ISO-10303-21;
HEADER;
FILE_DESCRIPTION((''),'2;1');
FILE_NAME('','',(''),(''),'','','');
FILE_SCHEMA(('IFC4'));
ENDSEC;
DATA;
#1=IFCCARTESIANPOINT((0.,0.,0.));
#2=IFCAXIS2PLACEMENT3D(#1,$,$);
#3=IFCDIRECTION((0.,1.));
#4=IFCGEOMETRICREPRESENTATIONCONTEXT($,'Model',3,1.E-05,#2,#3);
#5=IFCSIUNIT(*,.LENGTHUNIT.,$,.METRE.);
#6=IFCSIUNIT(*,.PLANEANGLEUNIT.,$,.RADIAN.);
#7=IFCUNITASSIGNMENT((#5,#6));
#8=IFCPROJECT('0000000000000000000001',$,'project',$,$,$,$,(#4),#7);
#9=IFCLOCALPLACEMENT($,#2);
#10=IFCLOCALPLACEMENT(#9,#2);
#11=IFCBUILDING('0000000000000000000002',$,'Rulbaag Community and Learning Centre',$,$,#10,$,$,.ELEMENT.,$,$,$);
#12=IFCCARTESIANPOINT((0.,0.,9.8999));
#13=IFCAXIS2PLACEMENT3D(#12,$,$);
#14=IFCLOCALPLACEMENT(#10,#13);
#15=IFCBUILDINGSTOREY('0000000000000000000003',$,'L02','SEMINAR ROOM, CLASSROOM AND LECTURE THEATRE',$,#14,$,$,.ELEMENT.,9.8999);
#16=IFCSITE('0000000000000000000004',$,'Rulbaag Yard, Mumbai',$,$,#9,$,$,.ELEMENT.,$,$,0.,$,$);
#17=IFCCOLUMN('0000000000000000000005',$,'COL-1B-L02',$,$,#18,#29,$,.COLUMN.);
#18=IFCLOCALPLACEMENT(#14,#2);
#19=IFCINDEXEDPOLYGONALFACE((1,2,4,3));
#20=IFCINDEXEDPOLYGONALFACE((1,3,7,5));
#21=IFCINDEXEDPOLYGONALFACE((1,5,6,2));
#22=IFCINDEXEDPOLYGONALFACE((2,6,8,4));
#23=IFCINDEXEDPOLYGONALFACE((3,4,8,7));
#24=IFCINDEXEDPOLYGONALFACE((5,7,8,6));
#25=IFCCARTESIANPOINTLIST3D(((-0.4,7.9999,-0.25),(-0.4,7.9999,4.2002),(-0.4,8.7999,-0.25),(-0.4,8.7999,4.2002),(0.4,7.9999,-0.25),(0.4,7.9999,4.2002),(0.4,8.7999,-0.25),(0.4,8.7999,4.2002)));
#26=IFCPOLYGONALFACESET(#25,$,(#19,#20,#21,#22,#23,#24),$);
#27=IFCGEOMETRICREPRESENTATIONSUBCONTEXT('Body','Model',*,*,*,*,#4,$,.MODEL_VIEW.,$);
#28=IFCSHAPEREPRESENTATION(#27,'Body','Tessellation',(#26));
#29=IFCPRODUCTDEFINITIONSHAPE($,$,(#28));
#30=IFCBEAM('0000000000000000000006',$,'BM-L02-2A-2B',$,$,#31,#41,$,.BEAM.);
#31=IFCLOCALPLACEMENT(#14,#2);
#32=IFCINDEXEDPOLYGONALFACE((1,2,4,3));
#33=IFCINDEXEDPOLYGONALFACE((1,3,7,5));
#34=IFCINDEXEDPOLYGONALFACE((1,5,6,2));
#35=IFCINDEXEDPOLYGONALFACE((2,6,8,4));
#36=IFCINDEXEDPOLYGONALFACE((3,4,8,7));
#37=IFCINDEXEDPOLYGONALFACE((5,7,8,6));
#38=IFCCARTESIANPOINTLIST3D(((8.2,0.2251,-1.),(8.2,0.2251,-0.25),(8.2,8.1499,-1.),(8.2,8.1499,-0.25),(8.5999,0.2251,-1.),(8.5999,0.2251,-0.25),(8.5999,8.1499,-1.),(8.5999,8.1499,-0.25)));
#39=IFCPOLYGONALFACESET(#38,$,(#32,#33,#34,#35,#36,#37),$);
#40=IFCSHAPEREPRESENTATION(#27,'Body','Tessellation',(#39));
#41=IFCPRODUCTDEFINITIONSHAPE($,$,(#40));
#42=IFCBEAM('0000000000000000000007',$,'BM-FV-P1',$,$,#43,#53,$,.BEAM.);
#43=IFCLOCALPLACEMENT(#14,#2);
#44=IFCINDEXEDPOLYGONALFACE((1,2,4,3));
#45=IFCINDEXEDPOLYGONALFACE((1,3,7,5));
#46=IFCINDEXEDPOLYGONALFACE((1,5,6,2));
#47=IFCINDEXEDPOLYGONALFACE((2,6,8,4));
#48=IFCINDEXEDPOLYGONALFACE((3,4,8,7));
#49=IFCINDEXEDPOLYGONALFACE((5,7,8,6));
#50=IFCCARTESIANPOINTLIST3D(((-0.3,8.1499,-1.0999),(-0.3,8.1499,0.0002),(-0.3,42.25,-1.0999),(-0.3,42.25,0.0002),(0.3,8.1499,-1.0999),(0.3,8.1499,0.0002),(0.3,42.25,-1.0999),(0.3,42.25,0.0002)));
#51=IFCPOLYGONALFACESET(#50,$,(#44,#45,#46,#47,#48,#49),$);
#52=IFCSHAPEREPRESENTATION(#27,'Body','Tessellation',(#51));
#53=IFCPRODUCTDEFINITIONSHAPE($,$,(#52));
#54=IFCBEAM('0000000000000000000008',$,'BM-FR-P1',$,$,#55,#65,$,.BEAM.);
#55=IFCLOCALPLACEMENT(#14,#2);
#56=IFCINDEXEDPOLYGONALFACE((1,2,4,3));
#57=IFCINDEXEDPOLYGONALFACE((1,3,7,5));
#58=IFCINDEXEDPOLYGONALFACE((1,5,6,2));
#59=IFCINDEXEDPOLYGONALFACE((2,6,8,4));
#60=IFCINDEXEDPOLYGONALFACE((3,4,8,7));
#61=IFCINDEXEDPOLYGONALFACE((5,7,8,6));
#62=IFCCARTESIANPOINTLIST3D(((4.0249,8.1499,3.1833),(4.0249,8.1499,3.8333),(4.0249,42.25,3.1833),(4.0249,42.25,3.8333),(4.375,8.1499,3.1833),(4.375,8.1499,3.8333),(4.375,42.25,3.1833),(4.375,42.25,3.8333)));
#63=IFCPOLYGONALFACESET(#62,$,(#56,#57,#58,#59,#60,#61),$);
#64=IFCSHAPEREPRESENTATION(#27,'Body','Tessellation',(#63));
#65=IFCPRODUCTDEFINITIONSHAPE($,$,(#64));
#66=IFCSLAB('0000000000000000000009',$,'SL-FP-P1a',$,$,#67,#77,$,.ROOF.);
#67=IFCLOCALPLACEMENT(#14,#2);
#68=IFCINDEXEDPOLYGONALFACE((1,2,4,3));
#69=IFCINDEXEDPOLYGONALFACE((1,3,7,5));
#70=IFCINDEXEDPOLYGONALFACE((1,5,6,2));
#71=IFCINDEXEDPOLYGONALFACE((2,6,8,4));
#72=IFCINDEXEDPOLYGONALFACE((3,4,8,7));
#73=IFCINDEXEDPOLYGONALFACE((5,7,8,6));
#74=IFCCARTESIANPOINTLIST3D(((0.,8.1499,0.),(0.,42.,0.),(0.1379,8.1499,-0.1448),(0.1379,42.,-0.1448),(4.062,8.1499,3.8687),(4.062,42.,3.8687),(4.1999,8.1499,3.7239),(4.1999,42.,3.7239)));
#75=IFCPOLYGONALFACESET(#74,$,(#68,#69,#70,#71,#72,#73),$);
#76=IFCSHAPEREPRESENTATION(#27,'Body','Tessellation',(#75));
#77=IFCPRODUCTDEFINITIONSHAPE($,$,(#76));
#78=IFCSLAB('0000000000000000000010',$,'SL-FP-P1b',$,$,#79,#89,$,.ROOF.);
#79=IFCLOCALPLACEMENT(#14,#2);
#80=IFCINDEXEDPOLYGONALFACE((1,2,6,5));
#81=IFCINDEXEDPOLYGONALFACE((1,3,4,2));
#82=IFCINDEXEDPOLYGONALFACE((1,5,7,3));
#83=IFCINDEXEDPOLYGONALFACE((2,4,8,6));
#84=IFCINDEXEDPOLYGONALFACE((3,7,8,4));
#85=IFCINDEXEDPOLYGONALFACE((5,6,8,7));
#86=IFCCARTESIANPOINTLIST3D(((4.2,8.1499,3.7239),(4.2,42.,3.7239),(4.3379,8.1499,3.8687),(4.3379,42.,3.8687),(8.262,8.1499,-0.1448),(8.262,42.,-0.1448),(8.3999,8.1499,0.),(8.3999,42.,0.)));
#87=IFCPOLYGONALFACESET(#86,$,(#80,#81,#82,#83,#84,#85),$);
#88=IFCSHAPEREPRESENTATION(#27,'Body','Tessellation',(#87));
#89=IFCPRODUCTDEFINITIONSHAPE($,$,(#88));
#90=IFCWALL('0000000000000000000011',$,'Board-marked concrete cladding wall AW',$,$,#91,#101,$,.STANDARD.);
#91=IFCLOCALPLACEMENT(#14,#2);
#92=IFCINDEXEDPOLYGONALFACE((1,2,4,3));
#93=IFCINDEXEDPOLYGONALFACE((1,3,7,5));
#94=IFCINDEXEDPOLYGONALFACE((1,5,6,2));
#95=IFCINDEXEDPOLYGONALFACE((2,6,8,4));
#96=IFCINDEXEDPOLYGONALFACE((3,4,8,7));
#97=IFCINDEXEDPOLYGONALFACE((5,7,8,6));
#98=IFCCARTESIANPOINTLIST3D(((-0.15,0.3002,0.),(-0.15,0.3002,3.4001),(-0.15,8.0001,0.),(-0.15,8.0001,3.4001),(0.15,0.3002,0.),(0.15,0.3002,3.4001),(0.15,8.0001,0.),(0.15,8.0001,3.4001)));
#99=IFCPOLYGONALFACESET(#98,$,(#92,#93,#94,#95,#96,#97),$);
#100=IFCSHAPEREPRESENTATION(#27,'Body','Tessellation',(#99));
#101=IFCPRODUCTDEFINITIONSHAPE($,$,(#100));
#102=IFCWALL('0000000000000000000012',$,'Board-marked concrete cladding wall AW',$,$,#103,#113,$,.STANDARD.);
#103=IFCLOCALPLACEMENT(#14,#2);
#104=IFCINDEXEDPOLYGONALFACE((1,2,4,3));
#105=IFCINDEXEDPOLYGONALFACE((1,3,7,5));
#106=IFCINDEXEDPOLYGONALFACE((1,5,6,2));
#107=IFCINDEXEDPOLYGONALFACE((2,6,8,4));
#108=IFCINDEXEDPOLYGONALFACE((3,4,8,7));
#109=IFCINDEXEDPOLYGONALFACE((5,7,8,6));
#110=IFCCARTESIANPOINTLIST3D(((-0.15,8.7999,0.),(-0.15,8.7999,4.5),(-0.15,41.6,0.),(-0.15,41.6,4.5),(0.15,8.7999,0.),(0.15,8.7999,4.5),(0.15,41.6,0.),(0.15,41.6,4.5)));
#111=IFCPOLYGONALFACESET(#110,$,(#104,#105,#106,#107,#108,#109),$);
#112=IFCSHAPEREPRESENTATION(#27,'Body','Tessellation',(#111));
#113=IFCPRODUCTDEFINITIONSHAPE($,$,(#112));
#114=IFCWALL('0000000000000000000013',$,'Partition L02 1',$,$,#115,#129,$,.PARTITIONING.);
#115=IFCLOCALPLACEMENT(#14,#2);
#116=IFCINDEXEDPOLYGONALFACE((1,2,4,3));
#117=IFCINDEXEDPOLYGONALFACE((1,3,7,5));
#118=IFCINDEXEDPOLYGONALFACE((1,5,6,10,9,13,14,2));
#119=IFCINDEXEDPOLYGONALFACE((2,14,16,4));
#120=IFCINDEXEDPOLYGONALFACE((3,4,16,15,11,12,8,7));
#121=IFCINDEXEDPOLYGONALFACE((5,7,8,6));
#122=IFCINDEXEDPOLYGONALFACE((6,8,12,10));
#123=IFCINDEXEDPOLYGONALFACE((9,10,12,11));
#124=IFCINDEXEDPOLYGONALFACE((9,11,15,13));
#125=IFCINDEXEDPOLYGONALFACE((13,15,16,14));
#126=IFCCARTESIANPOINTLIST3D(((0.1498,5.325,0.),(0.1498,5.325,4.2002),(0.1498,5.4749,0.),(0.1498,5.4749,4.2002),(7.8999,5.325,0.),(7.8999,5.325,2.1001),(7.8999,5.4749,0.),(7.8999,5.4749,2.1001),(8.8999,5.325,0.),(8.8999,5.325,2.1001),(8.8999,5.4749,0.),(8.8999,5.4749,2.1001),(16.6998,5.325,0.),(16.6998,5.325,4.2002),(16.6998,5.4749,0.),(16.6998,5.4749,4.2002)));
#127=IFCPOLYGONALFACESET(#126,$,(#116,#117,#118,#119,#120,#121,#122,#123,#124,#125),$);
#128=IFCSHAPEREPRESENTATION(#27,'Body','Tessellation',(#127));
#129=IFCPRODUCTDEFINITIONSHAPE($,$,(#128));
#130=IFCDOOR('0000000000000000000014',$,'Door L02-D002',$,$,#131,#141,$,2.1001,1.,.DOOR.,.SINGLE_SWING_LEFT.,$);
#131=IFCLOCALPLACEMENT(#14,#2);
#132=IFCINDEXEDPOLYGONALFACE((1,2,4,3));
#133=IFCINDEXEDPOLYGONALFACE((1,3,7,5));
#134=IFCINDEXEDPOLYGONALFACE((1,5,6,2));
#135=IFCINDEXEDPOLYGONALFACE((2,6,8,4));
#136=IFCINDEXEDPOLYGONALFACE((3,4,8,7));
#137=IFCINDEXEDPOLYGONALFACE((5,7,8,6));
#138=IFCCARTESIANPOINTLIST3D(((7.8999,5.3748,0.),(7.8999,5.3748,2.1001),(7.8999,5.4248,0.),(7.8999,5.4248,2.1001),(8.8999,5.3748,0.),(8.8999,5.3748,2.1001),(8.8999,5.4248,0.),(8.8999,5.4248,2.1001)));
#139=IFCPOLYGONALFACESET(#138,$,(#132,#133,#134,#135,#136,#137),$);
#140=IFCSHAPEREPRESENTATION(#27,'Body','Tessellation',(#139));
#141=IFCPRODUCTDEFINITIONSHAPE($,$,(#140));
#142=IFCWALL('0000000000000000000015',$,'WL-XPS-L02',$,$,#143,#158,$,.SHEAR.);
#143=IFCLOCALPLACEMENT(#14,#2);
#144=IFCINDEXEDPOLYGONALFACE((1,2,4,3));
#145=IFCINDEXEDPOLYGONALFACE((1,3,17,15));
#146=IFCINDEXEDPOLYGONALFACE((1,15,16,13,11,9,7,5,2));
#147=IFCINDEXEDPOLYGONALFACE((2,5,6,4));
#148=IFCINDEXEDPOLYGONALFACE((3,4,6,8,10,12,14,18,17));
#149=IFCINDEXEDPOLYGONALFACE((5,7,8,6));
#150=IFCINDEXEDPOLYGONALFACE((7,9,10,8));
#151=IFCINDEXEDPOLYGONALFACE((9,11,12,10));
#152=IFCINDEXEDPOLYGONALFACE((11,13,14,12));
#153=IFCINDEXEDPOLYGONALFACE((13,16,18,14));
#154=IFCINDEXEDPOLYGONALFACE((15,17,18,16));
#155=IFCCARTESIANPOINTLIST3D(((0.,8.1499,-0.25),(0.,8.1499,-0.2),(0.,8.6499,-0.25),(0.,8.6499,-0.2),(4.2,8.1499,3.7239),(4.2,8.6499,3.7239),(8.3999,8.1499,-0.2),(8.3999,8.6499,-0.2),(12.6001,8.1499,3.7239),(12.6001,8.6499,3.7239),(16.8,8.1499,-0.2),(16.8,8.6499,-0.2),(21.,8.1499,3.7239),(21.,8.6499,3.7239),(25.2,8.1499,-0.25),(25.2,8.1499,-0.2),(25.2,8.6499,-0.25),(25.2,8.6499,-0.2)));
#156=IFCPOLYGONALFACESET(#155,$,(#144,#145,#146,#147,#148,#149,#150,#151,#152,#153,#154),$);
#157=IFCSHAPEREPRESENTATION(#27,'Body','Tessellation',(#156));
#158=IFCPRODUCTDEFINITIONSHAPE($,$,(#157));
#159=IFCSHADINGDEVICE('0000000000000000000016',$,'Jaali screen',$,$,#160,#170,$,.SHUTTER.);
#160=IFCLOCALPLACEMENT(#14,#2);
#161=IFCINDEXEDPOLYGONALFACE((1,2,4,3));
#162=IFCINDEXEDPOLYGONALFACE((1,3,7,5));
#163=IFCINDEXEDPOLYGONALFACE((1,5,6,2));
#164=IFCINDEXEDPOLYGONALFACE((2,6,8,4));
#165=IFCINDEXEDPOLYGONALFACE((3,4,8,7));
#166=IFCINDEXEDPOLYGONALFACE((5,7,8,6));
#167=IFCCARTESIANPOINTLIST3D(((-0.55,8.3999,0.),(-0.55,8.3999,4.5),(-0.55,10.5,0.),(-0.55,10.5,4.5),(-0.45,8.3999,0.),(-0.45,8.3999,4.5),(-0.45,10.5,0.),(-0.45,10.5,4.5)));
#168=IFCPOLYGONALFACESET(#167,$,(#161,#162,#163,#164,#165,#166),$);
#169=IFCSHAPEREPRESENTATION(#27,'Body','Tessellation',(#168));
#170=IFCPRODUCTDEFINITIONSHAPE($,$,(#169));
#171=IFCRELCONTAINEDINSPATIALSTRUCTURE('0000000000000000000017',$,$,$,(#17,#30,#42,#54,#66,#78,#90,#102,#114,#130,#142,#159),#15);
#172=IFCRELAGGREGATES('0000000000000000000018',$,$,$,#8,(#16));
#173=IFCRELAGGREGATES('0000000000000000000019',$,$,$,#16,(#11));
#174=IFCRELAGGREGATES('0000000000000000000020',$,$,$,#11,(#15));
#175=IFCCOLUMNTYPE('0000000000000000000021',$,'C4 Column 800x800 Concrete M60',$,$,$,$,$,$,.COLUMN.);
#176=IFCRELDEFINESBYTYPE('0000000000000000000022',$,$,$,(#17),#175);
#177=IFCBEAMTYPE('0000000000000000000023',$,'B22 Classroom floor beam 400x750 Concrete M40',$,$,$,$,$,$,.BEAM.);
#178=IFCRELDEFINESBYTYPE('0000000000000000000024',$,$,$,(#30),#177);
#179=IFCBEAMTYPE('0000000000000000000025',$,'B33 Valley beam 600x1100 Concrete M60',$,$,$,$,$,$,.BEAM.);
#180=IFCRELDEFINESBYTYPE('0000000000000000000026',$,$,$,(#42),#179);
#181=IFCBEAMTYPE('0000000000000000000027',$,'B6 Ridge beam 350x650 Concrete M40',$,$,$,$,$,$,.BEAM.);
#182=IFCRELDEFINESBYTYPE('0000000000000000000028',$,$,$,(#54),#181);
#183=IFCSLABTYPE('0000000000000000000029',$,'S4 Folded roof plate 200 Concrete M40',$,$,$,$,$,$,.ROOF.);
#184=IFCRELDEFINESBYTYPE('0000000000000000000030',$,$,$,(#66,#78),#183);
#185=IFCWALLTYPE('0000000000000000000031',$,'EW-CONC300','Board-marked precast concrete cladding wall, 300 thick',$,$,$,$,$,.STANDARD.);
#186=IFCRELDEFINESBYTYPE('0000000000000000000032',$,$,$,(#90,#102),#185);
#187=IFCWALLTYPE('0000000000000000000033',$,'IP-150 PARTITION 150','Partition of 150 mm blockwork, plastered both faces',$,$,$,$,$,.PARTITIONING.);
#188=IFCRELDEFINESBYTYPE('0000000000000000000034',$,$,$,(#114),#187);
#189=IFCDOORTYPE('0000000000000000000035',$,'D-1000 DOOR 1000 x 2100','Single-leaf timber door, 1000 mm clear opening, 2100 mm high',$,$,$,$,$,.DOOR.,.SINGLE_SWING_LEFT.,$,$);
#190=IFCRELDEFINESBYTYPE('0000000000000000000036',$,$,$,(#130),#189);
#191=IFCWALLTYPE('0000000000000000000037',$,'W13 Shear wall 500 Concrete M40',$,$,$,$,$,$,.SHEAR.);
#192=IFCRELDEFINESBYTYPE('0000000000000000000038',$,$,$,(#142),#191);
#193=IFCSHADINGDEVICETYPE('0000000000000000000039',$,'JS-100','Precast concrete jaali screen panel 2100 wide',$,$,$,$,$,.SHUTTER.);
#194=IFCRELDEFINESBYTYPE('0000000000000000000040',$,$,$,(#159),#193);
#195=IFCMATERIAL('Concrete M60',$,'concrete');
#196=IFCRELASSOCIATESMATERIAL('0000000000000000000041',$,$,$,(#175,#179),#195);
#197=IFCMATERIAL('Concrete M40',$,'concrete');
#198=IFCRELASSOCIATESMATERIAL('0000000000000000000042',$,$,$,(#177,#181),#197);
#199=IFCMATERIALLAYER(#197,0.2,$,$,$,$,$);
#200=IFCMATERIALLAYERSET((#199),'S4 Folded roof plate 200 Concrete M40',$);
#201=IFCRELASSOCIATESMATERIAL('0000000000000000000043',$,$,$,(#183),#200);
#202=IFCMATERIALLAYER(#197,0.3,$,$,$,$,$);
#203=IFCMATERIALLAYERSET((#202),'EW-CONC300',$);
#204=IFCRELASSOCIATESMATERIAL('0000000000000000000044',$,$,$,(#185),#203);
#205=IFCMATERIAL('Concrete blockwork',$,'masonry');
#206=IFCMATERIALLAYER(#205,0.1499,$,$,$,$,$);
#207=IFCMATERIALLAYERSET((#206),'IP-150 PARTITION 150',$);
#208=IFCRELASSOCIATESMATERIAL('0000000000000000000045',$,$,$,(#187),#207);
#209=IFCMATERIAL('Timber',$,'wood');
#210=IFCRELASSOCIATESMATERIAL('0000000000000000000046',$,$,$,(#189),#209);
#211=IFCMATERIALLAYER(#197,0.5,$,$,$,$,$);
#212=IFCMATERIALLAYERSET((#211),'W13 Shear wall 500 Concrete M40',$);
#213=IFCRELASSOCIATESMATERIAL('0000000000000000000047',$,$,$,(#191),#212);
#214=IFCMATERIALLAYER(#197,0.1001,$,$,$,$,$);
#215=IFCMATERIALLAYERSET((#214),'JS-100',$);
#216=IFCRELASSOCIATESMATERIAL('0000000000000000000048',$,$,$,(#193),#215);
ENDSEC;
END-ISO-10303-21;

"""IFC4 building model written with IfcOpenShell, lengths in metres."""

from ifc_helpers import new_model, si_unit, direction, frame, frame_2d, origin, origin_2d, place, context, subcontext, project, spatial, polyline, rectangle, outline, extrude, material, layer, layer_set, material_profile, profile_set, type_object, element, fill, save


model = new_model("IFC4")

# Units and contexts
model_context = context("Model", 3, precision=1e-05, world=origin(), true_north=direction((0.0, 1.0)))
body_context = subcontext(model_context, "Body", "Model", "MODEL_VIEW")
ifc_project = project(units=[si_unit("LENGTHUNIT", "METRE"), si_unit("PLANEANGLEUNIT", "RADIAN")], contexts=[model_context])

# Site, building, storey
site_placement = place(None, origin())
site = spatial("IfcSite", under=ifc_project, at=site_placement, Name="Rulbaag Yard, Mumbai", CompositionType="ELEMENT", RefElevation=0.0)
building_placement = place(site_placement, origin())
building = spatial("IfcBuilding", under=site, at=building_placement, Name="Rulbaag Community and Learning Centre", CompositionType="ELEMENT")
storey_placement = place(building_placement, frame((0.0, 0.0, 9.8999)))
storey = spatial("IfcBuildingStorey", under=building, at=storey_placement, Name="L02", Description="SEMINAR ROOM, CLASSROOM AND LECTURE THEATRE", CompositionType="ELEMENT", Elevation=9.8999)

# Column
ifc_material_1 = material(Name="Concrete M60", Category="concrete")
ifc_material_profile_1 = material_profile(ifc_material_1, rectangle(XDim=0.8, YDim=0.8, at=origin_2d()), Name="RC800x800")
ifc_profile_set_1 = profile_set([ifc_material_profile_1], Name="Concrete M60")
column_type = type_object("IfcColumnType", Name="C4 Column 800x800 Concrete M60", PredefinedType="COLUMN", material=ifc_profile_set_1)
column_placement = place(storey_placement, frame((0.0, 8.3999, -0.25), z_axis=(0.0, 0.0, 1.0), x_axis=(1.0, 0.0, 0.0)))
element("IfcColumn", 1, at=column_placement, inside=storey, type_object=column_type, Name="COL-1B-L02", PredefinedType="COLUMN", context=body_context, shape_type="SweptSolid", body=[
    extrude(rectangle(XDim=0.8, YDim=0.8, at=origin_2d()), origin(), (0.0, 0.0, 1.0), 4.4502),
])

# Beams
ifc_material_2 = material(Name="Concrete M40", Category="concrete")
ifc_material_profile_2 = material_profile(ifc_material_2, rectangle(XDim=0.3999, YDim=0.75, at=origin_2d()), Name="RB400x750")
ifc_profile_set_2 = profile_set([ifc_material_profile_2], Name="Concrete M40")
beam_type_1 = type_object("IfcBeamType", Name="B22 Classroom floor beam 400x750 Concrete M40", PredefinedType="BEAM", material=ifc_profile_set_2)
beam_1_placement = place(storey_placement, frame((8.3999, 0.2251, -0.625), z_axis=(0.0, 1.0, 0.0), x_axis=(-1.0, 0.0, 0.0)))
element("IfcBeam", 2, at=beam_1_placement, inside=storey, type_object=beam_type_1, Name="BM-L02-2A-2B", PredefinedType="BEAM", context=body_context, shape_type="SweptSolid", body=[
    extrude(rectangle(XDim=0.3999, YDim=0.75, at=origin_2d()), origin(), (0.0, 0.0, 1.0), 7.9248),
])
ifc_material_profile_3 = material_profile(ifc_material_1, rectangle(XDim=0.6001, YDim=1.1001, at=origin_2d()), Name="RB600x1100")
ifc_profile_set_3 = profile_set([ifc_material_profile_3], Name="Concrete M60")
beam_type_2 = type_object("IfcBeamType", Name="B33 Valley beam 600x1100 Concrete M60", PredefinedType="BEAM", material=ifc_profile_set_3)
beam_2_placement = place(storey_placement, frame((0.0, 8.1499, -0.5498), z_axis=(0.0, 1.0, 0.0), x_axis=(-1.0, 0.0, 0.0)))
element("IfcBeam", 3, at=beam_2_placement, inside=storey, type_object=beam_type_2, Name="BM-FV-P1", PredefinedType="BEAM", context=body_context, shape_type="SweptSolid", body=[
    extrude(rectangle(XDim=0.6001, YDim=1.1001, at=origin_2d()), origin(), (0.0, 0.0, 1.0), 34.1001),
])
ifc_material_profile_4 = material_profile(ifc_material_2, rectangle(XDim=0.3501, YDim=0.6499, at=origin_2d()), Name="RB350x650")
ifc_profile_set_4 = profile_set([ifc_material_profile_4], Name="Concrete M40")
beam_type_3 = type_object("IfcBeamType", Name="B6 Ridge beam 350x650 Concrete M40", PredefinedType="BEAM", material=ifc_profile_set_4)
beam_3_placement = place(storey_placement, frame((4.2, 8.1499, 3.5083), z_axis=(0.0, 1.0, 0.0), x_axis=(-1.0, 0.0, 0.0)))
element("IfcBeam", 4, at=beam_3_placement, inside=storey, type_object=beam_type_3, Name="BM-FR-P1", PredefinedType="BEAM", context=body_context, shape_type="SweptSolid", body=[
    extrude(rectangle(XDim=0.3501, YDim=0.6499, at=origin_2d()), origin(), (0.0, 0.0, 1.0), 34.1001),
])

# Slabs
ifc_layer_1 = layer(ifc_material_2, 0.2)
ifc_layer_set_1 = layer_set([ifc_layer_1], Name="S4 Folded roof plate 200 Concrete M40")
slab_type = type_object("IfcSlabType", Name="S4 Folded roof plate 200 Concrete M40", PredefinedType="ROOF", material=ifc_layer_set_1)
for number, where, z_axis, x_axis, name in (
    (5, (0.0, 8.1499, 0.0), (-0.689662, 0.0, 0.724132), (0.724132, 0.0, 0.689662), "SL-FP-P1a"),
    (6, (4.3379, 8.1499, 3.8687), (0.689662, 0.0, 0.724132), (0.724132, 0.0, -0.689662), "SL-FP-P1b"),
):
    element("IfcSlab", number, at=place(storey_placement, frame(where, z_axis=z_axis, x_axis=x_axis)), inside=storey, type_object=slab_type, Name=name, PredefinedType="ROOF", context=body_context, shape_type="SweptSolid", body=[
        extrude(outline(polyline([(0.0, 0.0), (5.6095, 0.0), (5.6095, 33.8501), (0.0, 33.8501), (0.0, 0.0)])), origin(), (0.0, 0.0, -1.0), 0.2),
    ])

# Walls
ifc_layer_2 = layer(ifc_material_2, 0.3)
ifc_layer_set_2 = layer_set([ifc_layer_2], Name="EW-CONC300")
wall_type_1 = type_object("IfcWallType", Name="EW-CONC300", Description="Board-marked precast concrete cladding wall, 300 thick", PredefinedType="STANDARD", material=ifc_layer_set_2)
wall_1_placement = place(storey_placement, frame((0.0, 0.3, 0.0), z_axis=(0.0, 0.0, 1.0), x_axis=(0.0, 1.0, 0.0)))
element("IfcWall", 7, at=wall_1_placement, inside=storey, type_object=wall_type_1, Name="Board-marked concrete cladding wall AW", PredefinedType="STANDARD", context=body_context, shape_type="SweptSolid", body=[
    extrude(rectangle(XDim=7.7, YDim=0.3, at=frame_2d((3.8501, 0.0))), origin(), (0.0, 0.0, 1.0), 3.4001),
])
wall_2_placement = place(storey_placement, frame((0.0, 8.8, 0.0), z_axis=(0.0, 0.0, 1.0), x_axis=(0.0, 1.0, 0.0)))
element("IfcWall", 8, at=wall_2_placement, inside=storey, type_object=wall_type_1, Name="Board-marked concrete cladding wall AW", PredefinedType="STANDARD", context=body_context, shape_type="SweptSolid", body=[
    extrude(rectangle(XDim=32.8, YDim=0.3, at=frame_2d((16.3999, 0.0))), origin(), (0.0, 0.0, 1.0), 4.5),
])

# Wall, opening, door
ifc_material_3 = material(Name="Concrete blockwork", Category="masonry")
ifc_layer_3 = layer(ifc_material_3, 0.1499)
ifc_layer_set_3 = layer_set([ifc_layer_3], Name="IP-150 PARTITION 150")
wall_type_2 = type_object("IfcWallType", Name="IP-150 PARTITION 150", Description="Partition of 150 mm blockwork, plastered both faces", PredefinedType="PARTITIONING", material=ifc_layer_set_3)
wall_3_placement = place(storey_placement, frame((0.1499, 5.3999, 0.0), z_axis=(0.0, 0.0, 1.0), x_axis=(1.0, 0.0, 0.0)))
wall_3 = element("IfcWall", 9, at=wall_3_placement, inside=storey, type_object=wall_type_2, Name="Partition L02 1", PredefinedType="PARTITIONING", context=body_context, shape_type="SweptSolid", body=[
    extrude(rectangle(XDim=16.55, YDim=0.1499, at=frame_2d((8.2749, 0.0))), origin(), (0.0, 0.0, 1.0), 4.2002),
])
opening_placement = place(wall_3_placement, frame((7.75, 0.0, 0.0)))
opening = element("IfcOpeningElement", 10, at=opening_placement, cuts=wall_3, PredefinedType="OPENING", context=body_context, shape_type="SweptSolid", body=[
    extrude(rectangle(XDim=1.0, YDim=2.1001, at=frame_2d((0.5, 1.05))), frame((0.0, 0.085, 0.0), z_axis=(0.0, -1.0, 0.0), x_axis=(1.0, 0.0, 0.0)), (0.0, 0.0, 1.0), 0.1699),
])
ifc_material_4 = material(Name="Timber", Category="wood")
door_type = type_object("IfcDoorType", Name="D-1000 DOOR 1000 x 2100", Description="Single-leaf timber door, 1000 mm clear opening, 2100 mm high", OperationType="SINGLE_SWING_LEFT", PredefinedType="DOOR", material=ifc_material_4)
door_placement = place(opening_placement, origin())
door = element("IfcDoor", 11, at=door_placement, inside=storey, type_object=door_type, Name="Door L02-D002", OperationType="SINGLE_SWING_LEFT", OverallHeight=2.1001, OverallWidth=1.0, PredefinedType="DOOR", context=body_context, shape_type="SweptSolid", body=[
    extrude(rectangle(XDim=1.0, YDim=2.1001, at=frame_2d((0.5, 1.05))), frame((0.0, 0.0249, 0.0), z_axis=(0.0, -1.0, 0.0), x_axis=(1.0, 0.0, 0.0)), (0.0, 0.0, 1.0), 0.05),
])
fill(opening, door)

# Wall
ifc_layer_4 = layer(ifc_material_2, 0.5)
ifc_layer_set_4 = layer_set([ifc_layer_4], Name="W13 Shear wall 500 Concrete M40")
wall_type_3 = type_object("IfcWallType", Name="W13 Shear wall 500 Concrete M40", PredefinedType="SHEAR", material=ifc_layer_set_4)
wall_4_placement = place(storey_placement, frame((0.0, 8.3999, -0.25), z_axis=(0.0, 0.0, 1.0), x_axis=(1.0, 0.0, 0.0)))
element("IfcWall", 12, at=wall_4_placement, inside=storey, type_object=wall_type_3, Name="WL-XPS-L02", PredefinedType="SHEAR", context=body_context, shape_type="SweptSolid", body=[
    extrude(outline(polyline([(0.0, 0.0), (25.2, 0.0), (25.2, 0.05), (21.0, 3.9739), (16.8, 0.05), (12.6001, 3.9739), (8.3999, 0.05), (4.2, 3.9739), (0.0, 0.05), (0.0, 0.0)])), frame((0.0, 0.25, 0.0), z_axis=(0.0, -1.0, 0.0), x_axis=(1.0, 0.0, 0.0)), (0.0, 0.0, 1.0), 0.5),
])

# Shading device
ifc_layer_5 = layer(ifc_material_2, 0.1001)
ifc_layer_set_5 = layer_set([ifc_layer_5], Name="JS-100")
shading_device_type = type_object("IfcShadingDeviceType", Name="JS-100", Description="Precast concrete jaali screen panel 2100 wide", PredefinedType="SHUTTER", material=ifc_layer_set_5)
for number, where, z_axis, x_axis, name in (
    (13, (-0.5, 9.45, 0.0), (0.0, 0.0, 1.0), (1.0, 0.0, 0.0), "Jaali screen"),
):
    element("IfcShadingDevice", number, at=place(storey_placement, frame(where, z_axis=z_axis, x_axis=x_axis)), inside=storey, type_object=shading_device_type, Name=name, PredefinedType="SHUTTER", context=body_context, shape_type="SweptSolid", body=[
        extrude(rectangle(XDim=0.1001, YDim=2.1001, at=origin_2d()), origin(), (0.0, 0.0, 1.0), 4.5),
    ])

save(model, "model.ifc")
